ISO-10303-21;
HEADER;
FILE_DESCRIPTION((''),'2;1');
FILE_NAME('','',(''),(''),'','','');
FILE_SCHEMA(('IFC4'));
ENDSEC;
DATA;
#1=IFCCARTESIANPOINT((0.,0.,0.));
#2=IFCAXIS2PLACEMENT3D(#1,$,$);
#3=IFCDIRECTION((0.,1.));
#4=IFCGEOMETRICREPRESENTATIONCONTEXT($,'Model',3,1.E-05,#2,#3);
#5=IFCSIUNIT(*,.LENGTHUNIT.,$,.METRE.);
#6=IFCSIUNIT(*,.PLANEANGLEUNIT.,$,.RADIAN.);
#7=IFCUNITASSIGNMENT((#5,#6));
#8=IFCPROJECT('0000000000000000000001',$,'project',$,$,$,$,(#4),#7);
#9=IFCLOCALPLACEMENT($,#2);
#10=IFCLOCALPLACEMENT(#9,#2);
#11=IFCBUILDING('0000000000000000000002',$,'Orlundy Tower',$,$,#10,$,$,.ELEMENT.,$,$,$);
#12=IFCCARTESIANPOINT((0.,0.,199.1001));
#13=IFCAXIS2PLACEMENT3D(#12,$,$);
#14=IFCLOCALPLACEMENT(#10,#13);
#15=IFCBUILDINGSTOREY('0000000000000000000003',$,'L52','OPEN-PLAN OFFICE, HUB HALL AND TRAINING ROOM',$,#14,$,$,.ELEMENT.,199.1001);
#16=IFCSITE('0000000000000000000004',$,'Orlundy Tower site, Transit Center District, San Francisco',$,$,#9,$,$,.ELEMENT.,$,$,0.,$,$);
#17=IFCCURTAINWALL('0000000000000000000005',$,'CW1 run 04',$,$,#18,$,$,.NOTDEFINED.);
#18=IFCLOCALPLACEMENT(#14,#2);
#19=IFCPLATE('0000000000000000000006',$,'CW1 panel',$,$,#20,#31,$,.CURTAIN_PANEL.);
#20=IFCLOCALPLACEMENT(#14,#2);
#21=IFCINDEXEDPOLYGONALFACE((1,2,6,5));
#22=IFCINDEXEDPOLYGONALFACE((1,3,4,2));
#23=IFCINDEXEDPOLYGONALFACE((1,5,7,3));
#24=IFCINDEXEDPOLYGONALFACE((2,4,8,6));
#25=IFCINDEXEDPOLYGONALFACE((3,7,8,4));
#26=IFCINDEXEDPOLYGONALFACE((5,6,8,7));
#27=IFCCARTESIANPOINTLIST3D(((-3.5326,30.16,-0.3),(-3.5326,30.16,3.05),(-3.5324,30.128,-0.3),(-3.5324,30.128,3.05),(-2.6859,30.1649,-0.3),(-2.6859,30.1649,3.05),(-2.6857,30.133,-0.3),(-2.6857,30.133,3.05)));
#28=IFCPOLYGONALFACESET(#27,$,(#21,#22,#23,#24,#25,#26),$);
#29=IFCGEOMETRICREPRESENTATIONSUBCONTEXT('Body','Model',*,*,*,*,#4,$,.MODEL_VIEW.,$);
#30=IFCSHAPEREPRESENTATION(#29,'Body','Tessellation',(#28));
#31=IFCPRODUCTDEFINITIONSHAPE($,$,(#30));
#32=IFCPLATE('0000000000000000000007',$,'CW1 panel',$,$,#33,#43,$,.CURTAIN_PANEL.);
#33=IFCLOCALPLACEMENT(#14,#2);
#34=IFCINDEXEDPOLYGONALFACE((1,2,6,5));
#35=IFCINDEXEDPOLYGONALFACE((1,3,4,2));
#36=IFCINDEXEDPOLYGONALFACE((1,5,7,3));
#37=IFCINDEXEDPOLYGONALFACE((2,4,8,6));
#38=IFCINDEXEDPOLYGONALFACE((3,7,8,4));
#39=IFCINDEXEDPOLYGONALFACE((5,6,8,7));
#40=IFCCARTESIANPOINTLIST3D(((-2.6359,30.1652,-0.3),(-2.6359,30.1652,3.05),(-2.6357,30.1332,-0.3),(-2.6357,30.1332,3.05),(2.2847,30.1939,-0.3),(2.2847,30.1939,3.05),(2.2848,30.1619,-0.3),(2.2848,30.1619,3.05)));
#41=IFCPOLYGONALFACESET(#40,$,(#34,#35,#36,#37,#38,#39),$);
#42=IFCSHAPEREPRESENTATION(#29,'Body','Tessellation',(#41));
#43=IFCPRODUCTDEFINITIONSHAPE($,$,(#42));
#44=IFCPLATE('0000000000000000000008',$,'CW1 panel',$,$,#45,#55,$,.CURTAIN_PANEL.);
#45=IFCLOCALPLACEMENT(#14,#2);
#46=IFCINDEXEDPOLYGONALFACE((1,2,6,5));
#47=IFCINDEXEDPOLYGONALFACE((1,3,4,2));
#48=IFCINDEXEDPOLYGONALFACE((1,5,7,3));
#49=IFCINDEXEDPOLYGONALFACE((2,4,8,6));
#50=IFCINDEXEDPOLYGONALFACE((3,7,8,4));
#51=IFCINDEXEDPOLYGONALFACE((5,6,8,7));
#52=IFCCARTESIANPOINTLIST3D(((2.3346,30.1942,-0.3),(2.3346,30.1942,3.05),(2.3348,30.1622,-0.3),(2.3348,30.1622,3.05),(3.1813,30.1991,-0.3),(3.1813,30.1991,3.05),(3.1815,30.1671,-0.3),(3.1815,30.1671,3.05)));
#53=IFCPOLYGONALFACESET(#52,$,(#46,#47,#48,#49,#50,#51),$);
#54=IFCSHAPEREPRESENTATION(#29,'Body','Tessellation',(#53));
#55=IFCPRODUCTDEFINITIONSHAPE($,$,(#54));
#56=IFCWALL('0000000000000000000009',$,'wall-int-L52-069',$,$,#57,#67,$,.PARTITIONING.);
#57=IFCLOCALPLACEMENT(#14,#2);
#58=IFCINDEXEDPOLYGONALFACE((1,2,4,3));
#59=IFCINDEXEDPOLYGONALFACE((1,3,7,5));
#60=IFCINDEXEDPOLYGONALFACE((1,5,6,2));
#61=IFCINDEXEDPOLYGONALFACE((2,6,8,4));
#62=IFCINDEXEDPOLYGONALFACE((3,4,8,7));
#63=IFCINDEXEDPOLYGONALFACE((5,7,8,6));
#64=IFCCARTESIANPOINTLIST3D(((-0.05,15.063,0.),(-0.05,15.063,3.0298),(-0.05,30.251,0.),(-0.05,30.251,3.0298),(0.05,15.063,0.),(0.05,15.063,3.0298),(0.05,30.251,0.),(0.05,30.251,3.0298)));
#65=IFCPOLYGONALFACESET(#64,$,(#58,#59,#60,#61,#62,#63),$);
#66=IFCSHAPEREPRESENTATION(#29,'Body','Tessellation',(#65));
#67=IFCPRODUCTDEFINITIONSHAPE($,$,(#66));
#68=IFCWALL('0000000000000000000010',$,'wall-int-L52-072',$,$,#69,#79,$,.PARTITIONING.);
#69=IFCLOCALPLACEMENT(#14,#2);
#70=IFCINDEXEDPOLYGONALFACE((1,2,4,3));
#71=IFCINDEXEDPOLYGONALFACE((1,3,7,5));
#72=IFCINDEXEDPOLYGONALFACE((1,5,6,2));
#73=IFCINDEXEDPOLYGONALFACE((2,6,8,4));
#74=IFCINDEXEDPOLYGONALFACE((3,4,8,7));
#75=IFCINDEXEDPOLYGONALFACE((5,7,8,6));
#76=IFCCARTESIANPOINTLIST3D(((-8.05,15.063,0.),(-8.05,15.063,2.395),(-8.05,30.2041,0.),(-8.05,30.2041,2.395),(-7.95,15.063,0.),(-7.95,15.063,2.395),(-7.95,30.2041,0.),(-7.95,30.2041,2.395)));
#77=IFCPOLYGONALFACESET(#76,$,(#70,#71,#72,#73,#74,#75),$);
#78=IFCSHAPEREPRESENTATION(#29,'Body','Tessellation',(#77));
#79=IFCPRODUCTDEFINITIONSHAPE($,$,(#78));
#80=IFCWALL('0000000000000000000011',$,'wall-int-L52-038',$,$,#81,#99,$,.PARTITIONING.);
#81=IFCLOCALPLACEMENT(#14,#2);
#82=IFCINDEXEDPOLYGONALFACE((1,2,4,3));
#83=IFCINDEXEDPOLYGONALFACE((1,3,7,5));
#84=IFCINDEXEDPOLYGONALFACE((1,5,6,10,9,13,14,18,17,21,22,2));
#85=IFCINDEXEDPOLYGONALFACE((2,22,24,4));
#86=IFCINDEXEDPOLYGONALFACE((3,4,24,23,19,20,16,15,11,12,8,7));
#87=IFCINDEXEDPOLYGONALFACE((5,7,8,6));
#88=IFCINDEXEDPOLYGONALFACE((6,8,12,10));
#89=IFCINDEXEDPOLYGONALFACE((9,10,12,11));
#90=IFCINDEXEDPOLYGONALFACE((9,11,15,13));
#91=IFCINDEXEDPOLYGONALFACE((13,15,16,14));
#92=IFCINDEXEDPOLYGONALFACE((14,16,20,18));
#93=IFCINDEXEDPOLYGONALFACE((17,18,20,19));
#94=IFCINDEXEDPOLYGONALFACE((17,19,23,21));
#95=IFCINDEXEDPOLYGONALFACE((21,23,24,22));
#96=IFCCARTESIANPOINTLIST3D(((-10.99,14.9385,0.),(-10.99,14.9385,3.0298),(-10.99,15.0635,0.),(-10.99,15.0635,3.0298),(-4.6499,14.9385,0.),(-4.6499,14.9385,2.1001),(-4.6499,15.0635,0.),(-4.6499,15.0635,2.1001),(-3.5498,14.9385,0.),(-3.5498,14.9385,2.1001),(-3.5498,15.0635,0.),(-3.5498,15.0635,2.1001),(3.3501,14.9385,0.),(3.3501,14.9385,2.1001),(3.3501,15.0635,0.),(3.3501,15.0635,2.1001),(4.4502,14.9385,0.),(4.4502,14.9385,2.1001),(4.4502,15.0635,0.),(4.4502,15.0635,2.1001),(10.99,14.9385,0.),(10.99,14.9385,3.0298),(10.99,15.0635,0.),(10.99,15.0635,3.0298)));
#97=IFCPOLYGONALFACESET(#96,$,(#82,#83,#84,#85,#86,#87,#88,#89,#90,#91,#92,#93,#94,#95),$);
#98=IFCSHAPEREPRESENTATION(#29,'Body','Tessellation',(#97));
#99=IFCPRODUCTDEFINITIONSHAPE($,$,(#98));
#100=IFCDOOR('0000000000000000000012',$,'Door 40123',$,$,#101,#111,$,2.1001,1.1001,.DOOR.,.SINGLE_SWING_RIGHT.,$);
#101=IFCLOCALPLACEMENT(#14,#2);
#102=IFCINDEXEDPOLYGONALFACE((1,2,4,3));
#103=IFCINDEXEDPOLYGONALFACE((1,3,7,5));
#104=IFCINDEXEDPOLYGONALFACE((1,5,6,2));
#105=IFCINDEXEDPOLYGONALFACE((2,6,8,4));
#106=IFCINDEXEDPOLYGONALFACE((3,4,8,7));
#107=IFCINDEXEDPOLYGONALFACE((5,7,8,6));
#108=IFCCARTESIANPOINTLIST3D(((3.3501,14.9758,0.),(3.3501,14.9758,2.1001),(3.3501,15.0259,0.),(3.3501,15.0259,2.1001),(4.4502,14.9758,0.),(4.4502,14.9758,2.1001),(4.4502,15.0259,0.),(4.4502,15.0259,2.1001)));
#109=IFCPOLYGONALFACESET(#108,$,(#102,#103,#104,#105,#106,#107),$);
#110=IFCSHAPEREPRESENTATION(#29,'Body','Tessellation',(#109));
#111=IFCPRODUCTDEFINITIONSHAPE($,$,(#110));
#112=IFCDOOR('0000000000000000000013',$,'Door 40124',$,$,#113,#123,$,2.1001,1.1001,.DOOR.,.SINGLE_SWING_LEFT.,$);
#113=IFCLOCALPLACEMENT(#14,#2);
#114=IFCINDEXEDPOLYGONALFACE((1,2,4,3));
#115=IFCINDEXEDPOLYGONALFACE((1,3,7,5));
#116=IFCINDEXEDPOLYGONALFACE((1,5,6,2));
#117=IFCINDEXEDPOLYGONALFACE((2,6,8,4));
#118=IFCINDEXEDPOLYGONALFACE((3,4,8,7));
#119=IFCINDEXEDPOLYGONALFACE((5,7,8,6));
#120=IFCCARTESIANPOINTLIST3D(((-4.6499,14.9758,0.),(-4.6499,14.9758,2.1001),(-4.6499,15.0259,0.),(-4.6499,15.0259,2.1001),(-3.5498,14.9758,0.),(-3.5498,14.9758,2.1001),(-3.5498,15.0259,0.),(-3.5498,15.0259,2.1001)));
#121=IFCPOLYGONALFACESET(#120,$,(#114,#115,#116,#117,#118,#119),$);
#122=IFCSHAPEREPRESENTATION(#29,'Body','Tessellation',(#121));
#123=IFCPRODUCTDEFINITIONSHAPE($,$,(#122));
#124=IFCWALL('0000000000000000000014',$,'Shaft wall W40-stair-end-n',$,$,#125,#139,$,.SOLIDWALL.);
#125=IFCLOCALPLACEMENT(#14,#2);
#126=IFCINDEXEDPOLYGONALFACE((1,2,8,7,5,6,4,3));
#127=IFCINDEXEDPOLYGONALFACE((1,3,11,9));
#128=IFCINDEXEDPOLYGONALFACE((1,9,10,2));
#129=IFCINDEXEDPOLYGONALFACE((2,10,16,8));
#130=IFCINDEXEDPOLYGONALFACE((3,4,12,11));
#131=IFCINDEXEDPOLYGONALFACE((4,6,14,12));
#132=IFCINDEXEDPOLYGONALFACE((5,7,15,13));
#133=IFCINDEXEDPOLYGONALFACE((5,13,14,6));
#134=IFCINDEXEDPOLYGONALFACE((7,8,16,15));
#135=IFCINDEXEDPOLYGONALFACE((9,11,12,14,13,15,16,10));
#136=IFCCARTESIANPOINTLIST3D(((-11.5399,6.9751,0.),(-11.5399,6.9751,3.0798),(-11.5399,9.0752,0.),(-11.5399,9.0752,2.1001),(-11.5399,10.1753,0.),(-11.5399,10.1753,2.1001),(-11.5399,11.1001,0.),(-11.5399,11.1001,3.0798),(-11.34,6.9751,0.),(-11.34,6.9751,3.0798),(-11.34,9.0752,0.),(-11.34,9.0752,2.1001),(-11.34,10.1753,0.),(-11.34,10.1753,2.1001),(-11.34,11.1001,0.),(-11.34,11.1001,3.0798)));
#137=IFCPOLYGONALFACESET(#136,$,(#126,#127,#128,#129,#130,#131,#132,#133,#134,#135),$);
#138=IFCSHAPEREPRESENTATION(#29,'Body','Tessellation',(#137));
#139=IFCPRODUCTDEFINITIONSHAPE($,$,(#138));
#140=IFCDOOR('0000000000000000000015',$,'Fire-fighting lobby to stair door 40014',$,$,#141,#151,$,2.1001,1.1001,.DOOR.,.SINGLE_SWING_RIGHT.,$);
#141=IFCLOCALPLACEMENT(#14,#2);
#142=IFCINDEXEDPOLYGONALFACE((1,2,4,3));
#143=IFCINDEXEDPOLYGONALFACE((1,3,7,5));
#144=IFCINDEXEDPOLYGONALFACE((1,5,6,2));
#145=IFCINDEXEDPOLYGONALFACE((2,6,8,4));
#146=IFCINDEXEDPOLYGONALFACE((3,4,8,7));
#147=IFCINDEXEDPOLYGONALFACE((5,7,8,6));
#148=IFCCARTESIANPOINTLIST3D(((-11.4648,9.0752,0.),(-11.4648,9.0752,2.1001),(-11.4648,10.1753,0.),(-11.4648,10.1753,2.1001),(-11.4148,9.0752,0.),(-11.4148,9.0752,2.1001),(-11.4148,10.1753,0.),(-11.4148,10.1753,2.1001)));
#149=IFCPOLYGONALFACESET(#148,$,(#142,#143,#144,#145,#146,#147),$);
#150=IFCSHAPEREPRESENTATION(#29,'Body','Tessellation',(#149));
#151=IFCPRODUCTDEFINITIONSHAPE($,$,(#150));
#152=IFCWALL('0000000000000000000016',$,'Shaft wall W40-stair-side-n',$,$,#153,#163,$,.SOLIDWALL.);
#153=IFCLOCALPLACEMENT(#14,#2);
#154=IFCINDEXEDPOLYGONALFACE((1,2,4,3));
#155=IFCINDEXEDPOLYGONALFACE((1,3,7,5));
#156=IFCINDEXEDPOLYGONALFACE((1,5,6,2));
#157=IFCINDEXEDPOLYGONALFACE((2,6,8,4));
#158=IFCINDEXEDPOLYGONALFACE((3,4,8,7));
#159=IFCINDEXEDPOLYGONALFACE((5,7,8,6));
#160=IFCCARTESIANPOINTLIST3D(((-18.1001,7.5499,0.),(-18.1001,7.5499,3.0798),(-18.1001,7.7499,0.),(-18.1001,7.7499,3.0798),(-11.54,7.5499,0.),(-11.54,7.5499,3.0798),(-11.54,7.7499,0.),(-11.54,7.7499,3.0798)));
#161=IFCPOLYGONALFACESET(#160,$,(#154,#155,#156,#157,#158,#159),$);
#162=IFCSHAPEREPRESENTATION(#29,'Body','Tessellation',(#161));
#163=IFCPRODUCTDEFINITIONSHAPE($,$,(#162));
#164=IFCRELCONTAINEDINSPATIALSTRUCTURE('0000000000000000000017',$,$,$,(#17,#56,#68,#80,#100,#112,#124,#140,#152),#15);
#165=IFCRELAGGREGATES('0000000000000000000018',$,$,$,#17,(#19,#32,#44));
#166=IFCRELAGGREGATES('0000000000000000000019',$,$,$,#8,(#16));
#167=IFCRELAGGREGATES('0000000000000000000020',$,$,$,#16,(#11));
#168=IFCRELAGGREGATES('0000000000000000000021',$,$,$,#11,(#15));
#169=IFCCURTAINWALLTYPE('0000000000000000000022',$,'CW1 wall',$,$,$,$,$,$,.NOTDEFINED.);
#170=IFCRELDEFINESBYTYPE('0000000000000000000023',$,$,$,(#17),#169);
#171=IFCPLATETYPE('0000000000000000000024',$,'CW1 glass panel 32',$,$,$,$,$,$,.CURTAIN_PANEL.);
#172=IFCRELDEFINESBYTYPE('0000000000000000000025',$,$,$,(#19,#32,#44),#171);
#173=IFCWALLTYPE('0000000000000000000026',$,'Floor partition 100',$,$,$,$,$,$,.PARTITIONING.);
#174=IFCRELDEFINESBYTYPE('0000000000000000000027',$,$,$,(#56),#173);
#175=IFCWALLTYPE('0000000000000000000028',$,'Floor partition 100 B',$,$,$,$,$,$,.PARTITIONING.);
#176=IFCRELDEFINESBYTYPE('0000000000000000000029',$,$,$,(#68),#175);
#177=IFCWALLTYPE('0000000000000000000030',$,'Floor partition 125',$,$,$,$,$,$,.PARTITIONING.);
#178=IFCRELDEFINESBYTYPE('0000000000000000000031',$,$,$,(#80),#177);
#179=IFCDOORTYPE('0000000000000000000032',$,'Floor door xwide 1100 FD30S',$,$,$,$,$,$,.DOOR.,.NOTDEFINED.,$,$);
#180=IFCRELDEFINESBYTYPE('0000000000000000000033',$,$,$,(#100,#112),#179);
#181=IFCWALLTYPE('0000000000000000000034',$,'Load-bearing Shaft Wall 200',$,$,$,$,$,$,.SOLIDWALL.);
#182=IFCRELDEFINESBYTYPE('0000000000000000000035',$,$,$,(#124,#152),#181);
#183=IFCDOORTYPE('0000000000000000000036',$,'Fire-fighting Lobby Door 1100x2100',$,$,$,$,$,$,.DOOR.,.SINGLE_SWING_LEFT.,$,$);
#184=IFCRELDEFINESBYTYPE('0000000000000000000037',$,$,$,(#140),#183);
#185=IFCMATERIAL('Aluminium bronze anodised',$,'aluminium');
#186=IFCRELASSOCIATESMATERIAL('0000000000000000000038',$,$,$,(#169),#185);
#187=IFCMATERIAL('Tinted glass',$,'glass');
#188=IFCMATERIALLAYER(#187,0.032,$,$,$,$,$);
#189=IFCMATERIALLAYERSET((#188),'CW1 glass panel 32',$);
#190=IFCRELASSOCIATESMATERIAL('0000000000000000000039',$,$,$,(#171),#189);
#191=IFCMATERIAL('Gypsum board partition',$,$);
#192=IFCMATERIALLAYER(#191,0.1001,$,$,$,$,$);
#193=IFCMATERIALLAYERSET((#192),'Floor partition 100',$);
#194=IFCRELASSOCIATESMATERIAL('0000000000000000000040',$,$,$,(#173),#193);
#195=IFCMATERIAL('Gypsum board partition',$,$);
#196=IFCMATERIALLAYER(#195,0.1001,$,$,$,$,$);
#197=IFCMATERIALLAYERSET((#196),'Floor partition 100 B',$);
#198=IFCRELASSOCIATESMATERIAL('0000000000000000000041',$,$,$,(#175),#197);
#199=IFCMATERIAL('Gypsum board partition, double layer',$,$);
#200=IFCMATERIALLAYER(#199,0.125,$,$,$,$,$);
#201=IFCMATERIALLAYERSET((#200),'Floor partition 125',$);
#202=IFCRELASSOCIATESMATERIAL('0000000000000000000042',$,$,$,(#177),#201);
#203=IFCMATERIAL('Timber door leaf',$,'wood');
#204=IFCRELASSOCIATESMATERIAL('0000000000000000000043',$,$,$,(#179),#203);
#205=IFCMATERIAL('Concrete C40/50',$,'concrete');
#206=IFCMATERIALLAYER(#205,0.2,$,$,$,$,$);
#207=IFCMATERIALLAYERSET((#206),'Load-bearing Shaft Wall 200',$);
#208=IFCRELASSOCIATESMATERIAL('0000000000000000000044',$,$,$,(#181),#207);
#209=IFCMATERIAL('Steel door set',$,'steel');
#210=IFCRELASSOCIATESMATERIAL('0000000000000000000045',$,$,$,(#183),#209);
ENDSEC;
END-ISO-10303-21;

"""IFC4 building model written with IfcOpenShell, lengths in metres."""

from ifc_helpers import new_model, si_unit, direction, frame, frame_2d, origin, origin_2d, place, context, subcontext, project, spatial, rectangle, extrude, material, layer, layer_set, type_object, element, fill, aggregate, save


model = new_model("IFC4")

# Units and contexts
model_context = context("Model", 3, precision=1e-05, world=origin(), true_north=direction((0.0, 1.0)))
body_context = subcontext(model_context, "Body", "Model", "MODEL_VIEW")
ifc_project = project(units=[si_unit("LENGTHUNIT", "METRE"), si_unit("PLANEANGLEUNIT", "RADIAN")], contexts=[model_context])

# Site, building, storey
site_placement = place(None, origin())
site = spatial("IfcSite", under=ifc_project, at=site_placement, Name="Orlundy Tower site, Transit Center District, San Francisco", CompositionType="ELEMENT", RefElevation=0.0)
building_placement = place(site_placement, origin())
building = spatial("IfcBuilding", under=site, at=building_placement, Name="Orlundy Tower", CompositionType="ELEMENT")
storey_placement = place(building_placement, frame((0.0, 0.0, 199.1001)))
storey = spatial("IfcBuildingStorey", under=building, at=storey_placement, Name="L52", Description="OPEN-PLAN OFFICE, HUB HALL AND TRAINING ROOM", CompositionType="ELEMENT", Elevation=199.1001)

# Curtain wall
ifc_material_1 = material(Name="Aluminium bronze anodised", Category="aluminium")
curtain_wall_type = type_object("IfcCurtainWallType", Name="CW1 wall", PredefinedType="NOTDEFINED", material=ifc_material_1)
curtain_wall_1_placement = place(storey_placement, origin())
curtain_wall_1 = element("IfcCurtainWall", 1, at=curtain_wall_1_placement, inside=storey, type_object=curtain_wall_type, Name="CW1 run 04", PredefinedType="NOTDEFINED")

# Shared definitions
ifc_material_2 = material(Name="Tinted glass", Category="glass")
ifc_layer_1 = layer(ifc_material_2, 0.032)
ifc_layer_set_1 = layer_set([ifc_layer_1], Name="CW1 glass panel 32")
plate_type = type_object("IfcPlateType", Name="CW1 glass panel 32", PredefinedType="CURTAIN_PANEL", material=ifc_layer_set_1)

# Plates
plate_1_placement = place(storey_placement, frame((-3.1091, 30.1465, -0.3), z_axis=(0.0, 0.0, 1.0), x_axis=(0.999983, 0.005834, 0.0)))
plate_1 = element("IfcPlate", 2, at=plate_1_placement, type_object=plate_type, Name="CW1 panel", PredefinedType="CURTAIN_PANEL", context=body_context, shape_type="SweptSolid", body=[
    extrude(rectangle(XDim=0.8467, YDim=0.032, at=origin_2d()), origin(), (0.0, 0.0, 1.0), 3.3501),
])
plate_2_placement = place(storey_placement, frame((-0.1755, 30.1636, -0.3), z_axis=(0.0, 0.0, 1.0), x_axis=(0.999983, 0.005834, 0.0)))
plate_2 = element("IfcPlate", 3, at=plate_2_placement, type_object=plate_type, Name="CW1 panel", PredefinedType="CURTAIN_PANEL", context=body_context, shape_type="SweptSolid", body=[
    extrude(rectangle(XDim=4.9207, YDim=0.032, at=origin_2d()), origin(), (0.0, 0.0, 1.0), 3.3501),
])
plate_3_placement = place(storey_placement, frame((2.7581, 30.1807, -0.3), z_axis=(0.0, 0.0, 1.0), x_axis=(0.999983, 0.005834, 0.0)))
plate_3 = element("IfcPlate", 4, at=plate_3_placement, type_object=plate_type, Name="CW1 panel", PredefinedType="CURTAIN_PANEL", context=body_context, shape_type="SweptSolid", body=[
    extrude(rectangle(XDim=0.8467, YDim=0.032, at=origin_2d()), origin(), (0.0, 0.0, 1.0), 3.3501),
])
aggregate(curtain_wall_1, [plate_1, plate_2, plate_3])

# Walls
ifc_material_3 = material(Name="Gypsum board partition")
ifc_layer_2 = layer(ifc_material_3, 0.1001)
ifc_layer_set_2 = layer_set([ifc_layer_2], Name="Floor partition 100")
wall_type_1 = type_object("IfcWallType", Name="Floor partition 100", PredefinedType="PARTITIONING", material=ifc_layer_set_2)
wall_1_placement = place(storey_placement, frame((0.0, 15.063, 0.0), z_axis=(0.0, 0.0, 1.0), x_axis=(0.0, 1.0, 0.0)))
element("IfcWall", 5, at=wall_1_placement, inside=storey, type_object=wall_type_1, Name="wall-int-L52-069", PredefinedType="PARTITIONING", context=body_context, shape_type="SweptSolid", body=[
    extrude(rectangle(XDim=15.188, YDim=0.1001, at=frame_2d((7.594, 0.0))), origin(), (0.0, 0.0, 1.0), 3.0298),
])
ifc_material_4 = material(Name="Gypsum board partition")
ifc_layer_3 = layer(ifc_material_4, 0.1001)
ifc_layer_set_3 = layer_set([ifc_layer_3], Name="Floor partition 100 B")
wall_type_2 = type_object("IfcWallType", Name="Floor partition 100 B", PredefinedType="PARTITIONING", material=ifc_layer_set_3)
wall_2_placement = place(storey_placement, frame((-8.0, 15.063, 0.0), z_axis=(0.0, 0.0, 1.0), x_axis=(0.0, 1.0, 0.0)))
element("IfcWall", 6, at=wall_2_placement, inside=storey, type_object=wall_type_2, Name="wall-int-L52-072", PredefinedType="PARTITIONING", context=body_context, shape_type="SweptSolid", body=[
    extrude(rectangle(XDim=15.1411, YDim=0.1001, at=frame_2d((7.5706, 0.0))), origin(), (0.0, 0.0, 1.0), 2.395),
])

# Wall, openings, doors
ifc_material_5 = material(Name="Gypsum board partition, double layer")
ifc_layer_4 = layer(ifc_material_5, 0.125)
ifc_layer_set_4 = layer_set([ifc_layer_4], Name="Floor partition 125")
wall_type_3 = type_object("IfcWallType", Name="Floor partition 125", PredefinedType="PARTITIONING", material=ifc_layer_set_4)
wall_3_placement = place(storey_placement, frame((-10.99, 15.001, 0.0), z_axis=(0.0, 0.0, 1.0), x_axis=(1.0, 0.0, 0.0)))
wall_3 = element("IfcWall", 7, at=wall_3_placement, inside=storey, type_object=wall_type_3, Name="wall-int-L52-038", PredefinedType="PARTITIONING", context=body_context, shape_type="SweptSolid", body=[
    extrude(rectangle(XDim=21.98, YDim=0.125, at=frame_2d((10.99, 0.0))), origin(), (0.0, 0.0, 1.0), 3.0298),
])
opening_1_placement = place(wall_3_placement, frame((14.3401, 0.0, 0.0)))
opening_1 = element("IfcOpeningElement", 8, at=opening_1_placement, cuts=wall_3, PredefinedType="OPENING", context=body_context, shape_type="SweptSolid", body=[
    extrude(rectangle(XDim=1.1001, YDim=2.1001, at=frame_2d((0.55, 1.05))), frame((0.0, 0.0725, 0.0), z_axis=(0.0, -1.0, 0.0), x_axis=(1.0, 0.0, 0.0)), (0.0, 0.0, 1.0), 0.145),
])
opening_2_placement = place(wall_3_placement, frame((6.3401, 0.0, 0.0)))
opening_2 = element("IfcOpeningElement", 9, at=opening_2_placement, cuts=wall_3, PredefinedType="OPENING", context=body_context, shape_type="SweptSolid", body=[
    extrude(rectangle(XDim=1.1001, YDim=2.1001, at=frame_2d((0.55, 1.05))), frame((0.0, 0.0725, 0.0), z_axis=(0.0, -1.0, 0.0), x_axis=(1.0, 0.0, 0.0)), (0.0, 0.0, 1.0), 0.145),
])
ifc_material_6 = material(Name="Timber door leaf", Category="wood")
door_type_1 = type_object("IfcDoorType", Name="Floor door xwide 1100 FD30S", OperationType="NOTDEFINED", PredefinedType="DOOR", material=ifc_material_6)
door_1_placement = place(opening_1_placement, origin())
door_1 = element("IfcDoor", 10, at=door_1_placement, inside=storey, type_object=door_type_1, Name="Door 40123", OperationType="SINGLE_SWING_RIGHT", OverallHeight=2.1001, OverallWidth=1.1001, PredefinedType="DOOR", context=body_context, shape_type="SweptSolid", body=[
    extrude(rectangle(XDim=1.1001, YDim=2.1001, at=frame_2d((0.55, 1.05))), frame((0.0, 0.0249, 0.0), z_axis=(0.0, -1.0, 0.0), x_axis=(1.0, 0.0, 0.0)), (0.0, 0.0, 1.0), 0.05),
])
fill(opening_1, door_1)
door_2_placement = place(opening_2_placement, origin())
door_2 = element("IfcDoor", 11, at=door_2_placement, inside=storey, type_object=door_type_1, Name="Door 40124", OperationType="SINGLE_SWING_LEFT", OverallHeight=2.1001, OverallWidth=1.1001, PredefinedType="DOOR", context=body_context, shape_type="SweptSolid", body=[
    extrude(rectangle(XDim=1.1001, YDim=2.1001, at=frame_2d((0.55, 1.05))), frame((0.0, 0.0249, 0.0), z_axis=(0.0, -1.0, 0.0), x_axis=(1.0, 0.0, 0.0)), (0.0, 0.0, 1.0), 0.05),
])
fill(opening_2, door_2)

# Wall, opening, door
ifc_material_7 = material(Name="Concrete C40/50", Category="concrete")
ifc_layer_5 = layer(ifc_material_7, 0.2)
ifc_layer_set_5 = layer_set([ifc_layer_5], Name="Load-bearing Shaft Wall 200")
wall_type_4 = type_object("IfcWallType", Name="Load-bearing Shaft Wall 200", PredefinedType="SOLIDWALL", material=ifc_layer_set_5)
wall_4_placement = place(storey_placement, frame((-11.4399, 6.9751, 0.0), z_axis=(0.0, 0.0, 1.0), x_axis=(0.0, 1.0, 0.0)))
wall_4 = element("IfcWall", 12, at=wall_4_placement, inside=storey, type_object=wall_type_4, Name="Shaft wall W40-stair-end-n", PredefinedType="SOLIDWALL", context=body_context, shape_type="SweptSolid", body=[
    extrude(rectangle(XDim=4.125, YDim=0.2, at=frame_2d((2.0625, 0.0))), origin(), (0.0, 0.0, 1.0), 3.0798),
])
opening_3_placement = place(wall_4_placement, frame((2.1001, 0.0, 0.0)))
opening_3 = element("IfcOpeningElement", 13, at=opening_3_placement, cuts=wall_4, PredefinedType="OPENING", context=body_context, shape_type="SweptSolid", body=[
    extrude(rectangle(XDim=1.1001, YDim=2.1001, at=frame_2d((0.55, 1.05))), frame((0.0, 0.1101, 0.0), z_axis=(0.0, -1.0, 0.0), x_axis=(1.0, 0.0, 0.0)), (0.0, 0.0, 1.0), 0.2202),
])
ifc_material_8 = material(Name="Steel door set", Category="steel")
door_type_2 = type_object("IfcDoorType", Name="Fire-fighting Lobby Door 1100x2100", OperationType="SINGLE_SWING_LEFT", PredefinedType="DOOR", material=ifc_material_8)
door_3_placement = place(opening_3_placement, origin())
door_3 = element("IfcDoor", 14, at=door_3_placement, inside=storey, type_object=door_type_2, Name="Fire-fighting lobby to stair door 40014", OperationType="SINGLE_SWING_RIGHT", OverallHeight=2.1001, OverallWidth=1.1001, PredefinedType="DOOR", context=body_context, shape_type="SweptSolid", body=[
    extrude(rectangle(XDim=1.1001, YDim=2.1001, at=frame_2d((0.55, 1.05))), frame((0.0, 0.0249, 0.0), z_axis=(0.0, -1.0, 0.0), x_axis=(1.0, 0.0, 0.0)), (0.0, 0.0, 1.0), 0.05),
])
fill(opening_3, door_3)

# Wall
wall_5_placement = place(storey_placement, frame((-11.54, 7.6499, 0.0), z_axis=(0.0, 0.0, 1.0), x_axis=(-1.0, 0.0, 0.0)))
element("IfcWall", 15, at=wall_5_placement, inside=storey, type_object=wall_type_4, Name="Shaft wall W40-stair-side-n", PredefinedType="SOLIDWALL", context=body_context, shape_type="SweptSolid", body=[
    extrude(rectangle(XDim=6.5601, YDim=0.2, at=frame_2d((3.28, 0.0))), origin(), (0.0, 0.0, 1.0), 3.0798),
])

save(model, "model.ifc")
